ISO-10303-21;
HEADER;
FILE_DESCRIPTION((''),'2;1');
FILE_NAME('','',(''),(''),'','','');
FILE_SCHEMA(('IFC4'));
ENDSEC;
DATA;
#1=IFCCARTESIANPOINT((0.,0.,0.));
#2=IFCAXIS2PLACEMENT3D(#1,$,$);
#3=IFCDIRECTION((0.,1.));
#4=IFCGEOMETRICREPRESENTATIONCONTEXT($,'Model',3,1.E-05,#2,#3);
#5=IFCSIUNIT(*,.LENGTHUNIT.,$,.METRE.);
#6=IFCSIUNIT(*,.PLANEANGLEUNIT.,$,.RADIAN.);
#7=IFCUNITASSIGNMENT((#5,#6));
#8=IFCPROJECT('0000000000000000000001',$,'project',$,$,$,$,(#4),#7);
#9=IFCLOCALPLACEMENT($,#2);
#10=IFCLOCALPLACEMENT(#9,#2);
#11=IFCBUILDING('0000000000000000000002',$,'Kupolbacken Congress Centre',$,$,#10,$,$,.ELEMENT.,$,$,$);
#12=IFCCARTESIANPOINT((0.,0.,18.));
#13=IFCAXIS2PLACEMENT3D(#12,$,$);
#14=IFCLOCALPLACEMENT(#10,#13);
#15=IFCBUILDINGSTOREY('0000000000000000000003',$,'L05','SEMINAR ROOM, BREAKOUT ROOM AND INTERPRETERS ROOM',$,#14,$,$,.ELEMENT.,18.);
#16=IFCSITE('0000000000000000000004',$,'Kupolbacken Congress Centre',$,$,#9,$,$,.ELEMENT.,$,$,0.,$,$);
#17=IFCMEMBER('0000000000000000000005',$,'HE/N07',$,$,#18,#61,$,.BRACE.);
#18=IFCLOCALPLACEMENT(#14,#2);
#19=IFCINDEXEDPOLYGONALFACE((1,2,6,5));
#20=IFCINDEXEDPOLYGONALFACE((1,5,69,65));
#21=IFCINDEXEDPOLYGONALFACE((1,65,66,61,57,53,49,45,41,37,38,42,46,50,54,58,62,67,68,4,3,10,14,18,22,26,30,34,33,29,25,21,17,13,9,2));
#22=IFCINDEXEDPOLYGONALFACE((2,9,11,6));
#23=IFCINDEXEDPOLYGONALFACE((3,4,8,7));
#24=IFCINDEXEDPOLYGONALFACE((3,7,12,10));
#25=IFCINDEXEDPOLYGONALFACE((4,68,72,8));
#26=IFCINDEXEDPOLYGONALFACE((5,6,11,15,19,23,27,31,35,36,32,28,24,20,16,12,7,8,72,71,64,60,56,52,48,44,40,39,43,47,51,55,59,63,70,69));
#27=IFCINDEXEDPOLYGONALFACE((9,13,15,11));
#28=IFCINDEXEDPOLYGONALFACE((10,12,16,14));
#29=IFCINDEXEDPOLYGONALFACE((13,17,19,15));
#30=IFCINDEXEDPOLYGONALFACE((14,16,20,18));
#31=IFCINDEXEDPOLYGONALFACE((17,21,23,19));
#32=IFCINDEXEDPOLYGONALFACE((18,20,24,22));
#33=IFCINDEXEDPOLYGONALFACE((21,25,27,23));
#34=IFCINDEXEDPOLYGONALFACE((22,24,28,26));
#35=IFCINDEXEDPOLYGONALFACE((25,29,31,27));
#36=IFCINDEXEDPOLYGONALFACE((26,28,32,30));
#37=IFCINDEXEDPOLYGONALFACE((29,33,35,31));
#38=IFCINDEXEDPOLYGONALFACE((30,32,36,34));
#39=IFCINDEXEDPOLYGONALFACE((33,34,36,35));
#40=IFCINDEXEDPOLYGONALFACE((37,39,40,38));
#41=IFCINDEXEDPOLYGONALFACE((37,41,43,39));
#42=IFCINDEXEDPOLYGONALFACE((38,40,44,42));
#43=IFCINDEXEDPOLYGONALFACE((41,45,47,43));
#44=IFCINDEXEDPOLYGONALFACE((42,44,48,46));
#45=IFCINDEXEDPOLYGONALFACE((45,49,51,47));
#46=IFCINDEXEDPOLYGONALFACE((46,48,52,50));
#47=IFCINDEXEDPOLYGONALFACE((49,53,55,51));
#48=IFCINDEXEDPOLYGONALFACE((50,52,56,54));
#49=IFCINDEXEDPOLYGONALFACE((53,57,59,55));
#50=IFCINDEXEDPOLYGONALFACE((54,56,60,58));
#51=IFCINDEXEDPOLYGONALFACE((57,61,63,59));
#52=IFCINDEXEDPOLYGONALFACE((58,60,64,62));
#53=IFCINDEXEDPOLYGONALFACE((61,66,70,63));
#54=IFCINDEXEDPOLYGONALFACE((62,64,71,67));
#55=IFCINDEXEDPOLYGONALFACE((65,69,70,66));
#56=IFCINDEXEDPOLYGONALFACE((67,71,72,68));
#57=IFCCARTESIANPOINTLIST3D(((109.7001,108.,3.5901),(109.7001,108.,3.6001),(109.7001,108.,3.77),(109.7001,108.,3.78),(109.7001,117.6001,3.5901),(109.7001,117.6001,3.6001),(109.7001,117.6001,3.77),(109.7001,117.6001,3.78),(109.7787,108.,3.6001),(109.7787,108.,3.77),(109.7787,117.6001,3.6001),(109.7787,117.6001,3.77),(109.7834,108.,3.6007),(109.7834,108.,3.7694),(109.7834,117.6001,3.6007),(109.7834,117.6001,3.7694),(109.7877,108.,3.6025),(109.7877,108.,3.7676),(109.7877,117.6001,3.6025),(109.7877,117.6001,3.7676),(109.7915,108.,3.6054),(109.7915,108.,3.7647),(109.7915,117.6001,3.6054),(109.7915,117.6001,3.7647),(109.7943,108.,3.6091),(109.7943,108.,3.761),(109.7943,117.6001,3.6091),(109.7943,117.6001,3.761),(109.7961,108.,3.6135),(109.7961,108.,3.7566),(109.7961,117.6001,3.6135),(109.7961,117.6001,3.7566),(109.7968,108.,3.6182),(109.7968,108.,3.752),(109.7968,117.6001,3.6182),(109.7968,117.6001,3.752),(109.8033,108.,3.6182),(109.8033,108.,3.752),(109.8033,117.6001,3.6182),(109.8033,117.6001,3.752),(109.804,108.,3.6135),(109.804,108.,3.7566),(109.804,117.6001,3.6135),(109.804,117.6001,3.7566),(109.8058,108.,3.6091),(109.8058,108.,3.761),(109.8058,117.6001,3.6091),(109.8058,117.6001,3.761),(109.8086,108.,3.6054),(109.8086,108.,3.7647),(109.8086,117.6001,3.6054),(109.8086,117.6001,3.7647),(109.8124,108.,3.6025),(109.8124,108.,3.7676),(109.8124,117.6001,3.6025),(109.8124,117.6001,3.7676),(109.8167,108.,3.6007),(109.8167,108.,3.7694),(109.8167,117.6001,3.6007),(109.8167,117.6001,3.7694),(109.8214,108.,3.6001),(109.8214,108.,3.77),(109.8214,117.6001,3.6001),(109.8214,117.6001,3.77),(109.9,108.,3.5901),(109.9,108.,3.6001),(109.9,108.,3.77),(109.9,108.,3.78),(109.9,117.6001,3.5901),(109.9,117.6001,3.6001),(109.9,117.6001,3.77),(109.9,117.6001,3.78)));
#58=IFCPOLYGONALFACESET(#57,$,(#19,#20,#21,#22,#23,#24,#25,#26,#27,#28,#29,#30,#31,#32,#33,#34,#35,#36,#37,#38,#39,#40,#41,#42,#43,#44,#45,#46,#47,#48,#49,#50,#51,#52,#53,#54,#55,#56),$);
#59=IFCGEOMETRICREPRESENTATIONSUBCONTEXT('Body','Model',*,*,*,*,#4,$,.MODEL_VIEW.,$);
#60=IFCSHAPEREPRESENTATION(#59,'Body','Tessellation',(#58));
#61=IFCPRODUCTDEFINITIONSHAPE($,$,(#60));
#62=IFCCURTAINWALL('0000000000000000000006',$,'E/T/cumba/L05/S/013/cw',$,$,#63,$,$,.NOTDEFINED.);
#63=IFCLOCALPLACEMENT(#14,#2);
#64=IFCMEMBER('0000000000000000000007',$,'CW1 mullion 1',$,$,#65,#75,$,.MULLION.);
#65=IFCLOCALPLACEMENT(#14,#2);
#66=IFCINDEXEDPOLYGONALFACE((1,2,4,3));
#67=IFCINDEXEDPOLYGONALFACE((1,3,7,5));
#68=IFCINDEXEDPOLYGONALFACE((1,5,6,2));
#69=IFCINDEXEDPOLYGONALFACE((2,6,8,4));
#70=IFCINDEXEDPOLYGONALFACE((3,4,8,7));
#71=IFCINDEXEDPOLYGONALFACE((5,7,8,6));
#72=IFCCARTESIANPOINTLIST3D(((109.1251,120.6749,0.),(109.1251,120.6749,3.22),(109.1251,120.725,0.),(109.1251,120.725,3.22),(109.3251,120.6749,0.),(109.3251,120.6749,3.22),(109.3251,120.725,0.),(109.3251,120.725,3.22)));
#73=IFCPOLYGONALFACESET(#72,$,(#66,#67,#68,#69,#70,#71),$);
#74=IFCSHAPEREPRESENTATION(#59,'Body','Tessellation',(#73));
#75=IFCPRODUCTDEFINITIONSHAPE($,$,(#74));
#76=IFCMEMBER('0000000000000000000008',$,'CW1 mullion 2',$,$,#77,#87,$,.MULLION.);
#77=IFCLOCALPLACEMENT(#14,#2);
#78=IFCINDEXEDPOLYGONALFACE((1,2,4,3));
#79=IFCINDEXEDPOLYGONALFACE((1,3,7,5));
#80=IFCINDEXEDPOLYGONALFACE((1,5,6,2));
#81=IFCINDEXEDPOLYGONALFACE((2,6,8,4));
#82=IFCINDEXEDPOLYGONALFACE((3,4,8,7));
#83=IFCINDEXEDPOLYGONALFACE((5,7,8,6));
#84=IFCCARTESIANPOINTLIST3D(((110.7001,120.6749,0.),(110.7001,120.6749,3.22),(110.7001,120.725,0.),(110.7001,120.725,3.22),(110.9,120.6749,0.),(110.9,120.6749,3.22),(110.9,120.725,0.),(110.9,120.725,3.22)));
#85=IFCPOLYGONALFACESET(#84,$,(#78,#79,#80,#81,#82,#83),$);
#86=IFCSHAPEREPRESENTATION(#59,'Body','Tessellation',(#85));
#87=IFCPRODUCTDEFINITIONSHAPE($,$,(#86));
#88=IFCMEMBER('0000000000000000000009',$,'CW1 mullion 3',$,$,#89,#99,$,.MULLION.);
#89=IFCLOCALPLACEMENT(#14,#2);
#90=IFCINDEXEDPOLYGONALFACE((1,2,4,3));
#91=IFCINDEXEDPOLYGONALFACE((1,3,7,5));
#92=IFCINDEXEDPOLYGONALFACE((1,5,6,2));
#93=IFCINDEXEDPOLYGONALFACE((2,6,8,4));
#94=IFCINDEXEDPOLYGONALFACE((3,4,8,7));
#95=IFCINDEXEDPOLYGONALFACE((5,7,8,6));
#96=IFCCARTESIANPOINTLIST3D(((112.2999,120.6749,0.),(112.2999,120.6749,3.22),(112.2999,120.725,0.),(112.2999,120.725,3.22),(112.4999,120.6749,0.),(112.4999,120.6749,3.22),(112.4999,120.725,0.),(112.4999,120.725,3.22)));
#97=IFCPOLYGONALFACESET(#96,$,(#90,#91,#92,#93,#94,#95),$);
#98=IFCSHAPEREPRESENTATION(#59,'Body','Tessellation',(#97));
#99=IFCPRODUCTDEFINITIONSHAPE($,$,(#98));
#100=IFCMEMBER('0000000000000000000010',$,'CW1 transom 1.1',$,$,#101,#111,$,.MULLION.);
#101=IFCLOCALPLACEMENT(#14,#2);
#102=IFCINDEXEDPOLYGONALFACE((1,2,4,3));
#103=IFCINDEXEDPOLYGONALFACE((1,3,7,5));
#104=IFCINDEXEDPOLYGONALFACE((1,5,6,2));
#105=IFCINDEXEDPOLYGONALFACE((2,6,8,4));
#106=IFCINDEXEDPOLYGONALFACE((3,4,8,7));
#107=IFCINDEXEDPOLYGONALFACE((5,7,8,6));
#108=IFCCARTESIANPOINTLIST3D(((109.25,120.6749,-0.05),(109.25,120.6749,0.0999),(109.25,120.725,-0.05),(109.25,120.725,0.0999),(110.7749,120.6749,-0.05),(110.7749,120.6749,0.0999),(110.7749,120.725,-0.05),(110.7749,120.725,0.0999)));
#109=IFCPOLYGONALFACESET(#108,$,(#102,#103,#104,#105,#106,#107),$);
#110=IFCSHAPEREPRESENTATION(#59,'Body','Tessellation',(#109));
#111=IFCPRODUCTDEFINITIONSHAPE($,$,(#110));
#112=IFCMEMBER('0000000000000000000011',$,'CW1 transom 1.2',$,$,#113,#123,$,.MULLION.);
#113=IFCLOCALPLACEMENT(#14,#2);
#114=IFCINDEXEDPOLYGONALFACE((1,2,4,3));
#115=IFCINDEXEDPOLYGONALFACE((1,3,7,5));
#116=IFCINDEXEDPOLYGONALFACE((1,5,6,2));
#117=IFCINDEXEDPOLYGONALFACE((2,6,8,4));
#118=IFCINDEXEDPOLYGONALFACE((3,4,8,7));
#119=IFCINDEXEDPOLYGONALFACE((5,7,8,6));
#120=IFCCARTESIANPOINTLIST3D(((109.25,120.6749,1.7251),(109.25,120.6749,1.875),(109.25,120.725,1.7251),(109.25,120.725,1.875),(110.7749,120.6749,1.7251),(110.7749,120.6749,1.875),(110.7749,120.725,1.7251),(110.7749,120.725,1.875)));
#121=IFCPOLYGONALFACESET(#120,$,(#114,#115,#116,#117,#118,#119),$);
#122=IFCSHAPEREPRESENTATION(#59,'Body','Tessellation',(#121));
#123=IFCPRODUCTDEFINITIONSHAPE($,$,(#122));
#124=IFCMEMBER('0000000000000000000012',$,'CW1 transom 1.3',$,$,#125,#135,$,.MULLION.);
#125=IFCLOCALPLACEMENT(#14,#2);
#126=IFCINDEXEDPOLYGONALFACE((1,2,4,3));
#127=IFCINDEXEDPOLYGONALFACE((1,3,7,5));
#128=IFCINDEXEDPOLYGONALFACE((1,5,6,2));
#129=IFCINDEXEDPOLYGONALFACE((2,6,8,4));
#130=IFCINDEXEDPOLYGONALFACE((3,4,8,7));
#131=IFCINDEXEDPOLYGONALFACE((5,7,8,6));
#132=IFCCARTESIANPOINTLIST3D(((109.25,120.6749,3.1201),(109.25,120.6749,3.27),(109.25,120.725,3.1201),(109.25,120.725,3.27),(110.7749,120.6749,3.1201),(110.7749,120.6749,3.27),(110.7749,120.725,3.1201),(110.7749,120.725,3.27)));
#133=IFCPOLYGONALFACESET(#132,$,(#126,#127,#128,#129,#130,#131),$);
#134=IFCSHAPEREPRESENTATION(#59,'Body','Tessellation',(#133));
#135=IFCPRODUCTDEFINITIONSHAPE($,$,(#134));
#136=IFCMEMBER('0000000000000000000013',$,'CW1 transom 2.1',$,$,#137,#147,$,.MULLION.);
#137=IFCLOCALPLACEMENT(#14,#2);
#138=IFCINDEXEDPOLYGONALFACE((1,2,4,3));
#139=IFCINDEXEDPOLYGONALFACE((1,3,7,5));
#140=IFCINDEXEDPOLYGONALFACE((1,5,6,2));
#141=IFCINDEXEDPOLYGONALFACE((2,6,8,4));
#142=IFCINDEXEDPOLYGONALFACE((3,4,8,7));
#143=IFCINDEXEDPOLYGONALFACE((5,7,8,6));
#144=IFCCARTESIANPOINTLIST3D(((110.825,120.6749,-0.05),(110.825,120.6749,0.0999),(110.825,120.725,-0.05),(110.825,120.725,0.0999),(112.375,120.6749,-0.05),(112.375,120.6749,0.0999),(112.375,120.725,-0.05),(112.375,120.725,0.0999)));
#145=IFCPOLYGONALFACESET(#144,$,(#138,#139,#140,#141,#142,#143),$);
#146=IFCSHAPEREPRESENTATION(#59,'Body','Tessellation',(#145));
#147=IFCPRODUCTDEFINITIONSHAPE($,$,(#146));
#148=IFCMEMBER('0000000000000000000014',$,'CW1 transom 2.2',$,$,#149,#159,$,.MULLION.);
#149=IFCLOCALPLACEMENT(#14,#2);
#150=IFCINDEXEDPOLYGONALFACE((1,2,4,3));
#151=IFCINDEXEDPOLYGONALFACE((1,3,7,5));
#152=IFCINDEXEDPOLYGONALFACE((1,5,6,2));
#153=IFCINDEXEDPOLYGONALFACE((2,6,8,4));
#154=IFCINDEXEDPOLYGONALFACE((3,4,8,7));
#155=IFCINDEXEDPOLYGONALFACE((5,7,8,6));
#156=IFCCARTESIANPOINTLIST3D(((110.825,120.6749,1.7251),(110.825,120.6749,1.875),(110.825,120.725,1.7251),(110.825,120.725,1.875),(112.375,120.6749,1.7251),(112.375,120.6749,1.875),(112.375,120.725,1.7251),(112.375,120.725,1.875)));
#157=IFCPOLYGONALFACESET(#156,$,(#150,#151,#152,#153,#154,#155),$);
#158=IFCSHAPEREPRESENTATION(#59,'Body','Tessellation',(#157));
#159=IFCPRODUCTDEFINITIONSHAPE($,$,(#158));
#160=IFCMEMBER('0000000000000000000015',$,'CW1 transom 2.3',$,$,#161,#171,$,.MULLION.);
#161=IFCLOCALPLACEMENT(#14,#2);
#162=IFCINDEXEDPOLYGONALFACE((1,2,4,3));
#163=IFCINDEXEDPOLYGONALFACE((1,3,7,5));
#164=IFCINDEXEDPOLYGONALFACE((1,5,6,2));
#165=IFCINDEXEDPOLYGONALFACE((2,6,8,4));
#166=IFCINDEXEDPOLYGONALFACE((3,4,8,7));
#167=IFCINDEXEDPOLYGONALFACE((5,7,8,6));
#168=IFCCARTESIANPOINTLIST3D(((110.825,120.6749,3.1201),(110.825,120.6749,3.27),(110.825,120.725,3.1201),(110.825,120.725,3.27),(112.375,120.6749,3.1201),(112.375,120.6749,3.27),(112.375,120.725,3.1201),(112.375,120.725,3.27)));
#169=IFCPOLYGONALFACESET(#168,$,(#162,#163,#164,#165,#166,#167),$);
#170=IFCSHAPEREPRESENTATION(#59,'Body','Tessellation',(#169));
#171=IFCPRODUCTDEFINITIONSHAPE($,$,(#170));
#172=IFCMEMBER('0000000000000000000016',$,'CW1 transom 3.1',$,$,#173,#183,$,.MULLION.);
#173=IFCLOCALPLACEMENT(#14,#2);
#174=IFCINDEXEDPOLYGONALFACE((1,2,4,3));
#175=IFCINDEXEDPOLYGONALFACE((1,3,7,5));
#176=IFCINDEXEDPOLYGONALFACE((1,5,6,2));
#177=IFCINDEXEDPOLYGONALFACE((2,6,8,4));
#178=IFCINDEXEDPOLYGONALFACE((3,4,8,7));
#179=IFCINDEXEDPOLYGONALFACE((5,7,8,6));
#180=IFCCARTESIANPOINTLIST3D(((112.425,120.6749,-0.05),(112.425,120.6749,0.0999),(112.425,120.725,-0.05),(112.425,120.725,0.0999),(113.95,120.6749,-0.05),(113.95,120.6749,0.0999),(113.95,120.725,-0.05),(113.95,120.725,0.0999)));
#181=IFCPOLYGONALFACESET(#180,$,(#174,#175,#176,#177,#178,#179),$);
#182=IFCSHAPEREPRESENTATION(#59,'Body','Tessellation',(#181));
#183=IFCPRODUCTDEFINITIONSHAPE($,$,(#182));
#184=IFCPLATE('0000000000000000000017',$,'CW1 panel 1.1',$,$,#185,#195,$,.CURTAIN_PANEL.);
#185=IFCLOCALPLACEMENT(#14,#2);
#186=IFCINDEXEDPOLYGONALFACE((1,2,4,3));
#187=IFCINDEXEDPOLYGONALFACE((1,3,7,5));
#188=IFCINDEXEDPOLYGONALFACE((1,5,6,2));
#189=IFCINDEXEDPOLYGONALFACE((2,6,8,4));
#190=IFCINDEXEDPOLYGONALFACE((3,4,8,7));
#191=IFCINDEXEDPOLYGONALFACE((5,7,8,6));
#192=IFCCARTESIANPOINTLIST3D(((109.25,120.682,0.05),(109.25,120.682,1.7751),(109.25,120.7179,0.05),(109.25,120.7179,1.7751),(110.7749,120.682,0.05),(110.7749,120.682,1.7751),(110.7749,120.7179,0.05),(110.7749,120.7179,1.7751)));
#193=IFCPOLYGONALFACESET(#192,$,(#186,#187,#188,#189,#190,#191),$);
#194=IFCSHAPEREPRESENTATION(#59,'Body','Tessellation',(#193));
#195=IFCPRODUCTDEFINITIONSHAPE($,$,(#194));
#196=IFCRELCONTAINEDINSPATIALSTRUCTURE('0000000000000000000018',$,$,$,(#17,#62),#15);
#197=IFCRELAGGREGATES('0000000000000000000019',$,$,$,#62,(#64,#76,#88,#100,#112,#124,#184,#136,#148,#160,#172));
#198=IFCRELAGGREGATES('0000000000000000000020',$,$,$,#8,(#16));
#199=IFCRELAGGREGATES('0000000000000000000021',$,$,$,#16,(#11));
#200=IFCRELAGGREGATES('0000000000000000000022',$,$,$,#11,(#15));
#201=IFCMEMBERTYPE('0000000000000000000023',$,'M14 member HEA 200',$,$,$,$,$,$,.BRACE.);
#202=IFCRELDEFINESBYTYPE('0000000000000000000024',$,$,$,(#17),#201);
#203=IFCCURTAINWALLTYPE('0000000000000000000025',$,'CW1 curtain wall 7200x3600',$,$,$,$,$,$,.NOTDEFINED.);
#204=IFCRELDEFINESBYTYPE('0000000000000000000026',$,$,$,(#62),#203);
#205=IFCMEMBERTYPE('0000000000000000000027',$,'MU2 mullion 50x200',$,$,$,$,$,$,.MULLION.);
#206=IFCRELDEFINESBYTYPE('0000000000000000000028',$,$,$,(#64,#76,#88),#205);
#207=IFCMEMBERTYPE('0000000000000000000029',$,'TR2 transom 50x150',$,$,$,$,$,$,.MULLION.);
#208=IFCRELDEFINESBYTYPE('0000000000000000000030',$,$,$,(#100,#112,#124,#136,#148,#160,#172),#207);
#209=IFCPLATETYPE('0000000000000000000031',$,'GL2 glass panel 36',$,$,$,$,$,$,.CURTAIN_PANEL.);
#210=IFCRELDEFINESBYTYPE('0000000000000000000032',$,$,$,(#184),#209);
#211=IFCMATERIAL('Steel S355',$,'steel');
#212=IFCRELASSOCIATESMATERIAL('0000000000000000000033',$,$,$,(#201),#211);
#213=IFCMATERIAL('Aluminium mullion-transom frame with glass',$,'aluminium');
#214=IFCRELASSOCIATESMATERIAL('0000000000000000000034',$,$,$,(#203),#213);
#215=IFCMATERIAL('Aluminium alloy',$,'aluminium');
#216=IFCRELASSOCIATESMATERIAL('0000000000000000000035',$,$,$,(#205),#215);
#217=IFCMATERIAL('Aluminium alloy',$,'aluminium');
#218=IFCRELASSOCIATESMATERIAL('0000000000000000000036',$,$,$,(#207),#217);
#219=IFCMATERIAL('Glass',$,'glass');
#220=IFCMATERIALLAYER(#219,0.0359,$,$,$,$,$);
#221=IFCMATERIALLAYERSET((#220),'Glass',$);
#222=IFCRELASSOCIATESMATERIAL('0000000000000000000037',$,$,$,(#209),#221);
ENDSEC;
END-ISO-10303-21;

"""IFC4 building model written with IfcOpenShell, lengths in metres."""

from ifc_helpers import new_model, si_unit, direction, frame, origin, origin_2d, place, context, subcontext, project, spatial, rectangle, i_section, extrude, material, layer, layer_set, material_profile, profile_set, type_object, element, aggregate, save


model = new_model("IFC4")

# Units and contexts
model_context = context("Model", 3, precision=1e-05, world=origin(), true_north=direction((0.0, 1.0)))
body_context = subcontext(model_context, "Body", "Model", "MODEL_VIEW")
ifc_project = project(units=[si_unit("LENGTHUNIT", "METRE"), si_unit("PLANEANGLEUNIT", "RADIAN")], contexts=[model_context])

# Site, building, storey
site_placement = place(None, origin())
site = spatial("IfcSite", under=ifc_project, at=site_placement, Name="Kupolbacken Congress Centre", CompositionType="ELEMENT", RefElevation=0.0)
building_placement = place(site_placement, origin())
building = spatial("IfcBuilding", under=site, at=building_placement, Name="Kupolbacken Congress Centre", CompositionType="ELEMENT")
storey_placement = place(building_placement, frame((0.0, 0.0, 18.0)))
storey = spatial("IfcBuildingStorey", under=building, at=storey_placement, Name="L05", Description="SEMINAR ROOM, BREAKOUT ROOM AND INTERPRETERS ROOM", CompositionType="ELEMENT", Elevation=18.0)

# Member
ifc_material_1 = material(Name="Steel S355", Category="steel")
ifc_material_profile_1 = material_profile(ifc_material_1, i_section(OverallWidth=0.2, OverallDepth=0.1899, WebThickness=0.0066, FlangeThickness=0.01, FilletRadius=0.0181, at=origin_2d()), Name="HEA 200")
ifc_profile_set_1 = profile_set([ifc_material_profile_1], Name="Steel S355")
member_type_1 = type_object("IfcMemberType", Name="M14 member HEA 200", PredefinedType="BRACE", material=ifc_profile_set_1)
for number, where, z_axis, x_axis, name in (
    (1, (109.8, 108.0, 3.6851), (0.0, 1.0, 0.0), (-1.0, 0.0, 0.0), "HE/N07"),
):
    element("IfcMember", number, at=place(storey_placement, frame(where, z_axis=z_axis, x_axis=x_axis)), inside=storey, type_object=member_type_1, Name=name, PredefinedType="BRACE", context=body_context, shape_type="SweptSolid", body=[
        extrude(i_section(OverallWidth=0.2, OverallDepth=0.1899, WebThickness=0.0066, FlangeThickness=0.01, FilletRadius=0.0181, at=origin_2d()), origin(), (0.0, 0.0, 1.0), 9.6001),
    ])

# Curtain wall, members, plate
ifc_material_2 = material(Name="Aluminium mullion-transom frame with glass", Category="aluminium")
curtain_wall_type = type_object("IfcCurtainWallType", Name="CW1 curtain wall 7200x3600", PredefinedType="NOTDEFINED", material=ifc_material_2)
curtain_wall_placement = place(storey_placement, origin())
curtain_wall = element("IfcCurtainWall", 2, at=curtain_wall_placement, inside=storey, type_object=curtain_wall_type, Name="E/T/cumba/L05/S/013/cw", PredefinedType="NOTDEFINED")
ifc_material_3 = material(Name="Aluminium alloy", Category="aluminium")
ifc_material_profile_2 = material_profile(ifc_material_3, rectangle(XDim=0.05, YDim=0.2, at=origin_2d()), Name="50 x 200")
ifc_profile_set_2 = profile_set([ifc_material_profile_2], Name="Aluminium alloy")
member_type_2 = type_object("IfcMemberType", Name="MU2 mullion 50x200", PredefinedType="MULLION", material=ifc_profile_set_2)
member_1_placement = place(storey_placement, frame((109.2251, 120.7, 0.0), z_axis=(0.0, 0.0, 1.0), x_axis=(0.0, 1.0, 0.0)))
member_1 = element("IfcMember", 3, at=member_1_placement, type_object=member_type_2, Name="CW1 mullion 1", PredefinedType="MULLION", context=body_context, shape_type="SweptSolid", body=[
    extrude(rectangle(XDim=0.05, YDim=0.2, at=origin_2d()), origin(), (0.0, 0.0, 1.0), 3.22),
])
member_2_placement = place(storey_placement, frame((110.8, 120.7, 0.0), z_axis=(0.0, 0.0, 1.0), x_axis=(0.0, 1.0, 0.0)))
member_2 = element("IfcMember", 4, at=member_2_placement, type_object=member_type_2, Name="CW1 mullion 2", PredefinedType="MULLION", context=body_context, shape_type="SweptSolid", body=[
    extrude(rectangle(XDim=0.05, YDim=0.2, at=origin_2d()), origin(), (0.0, 0.0, 1.0), 3.22),
])
member_3_placement = place(storey_placement, frame((112.3999, 120.7, 0.0), z_axis=(0.0, 0.0, 1.0), x_axis=(0.0, 1.0, 0.0)))
member_3 = element("IfcMember", 5, at=member_3_placement, type_object=member_type_2, Name="CW1 mullion 3", PredefinedType="MULLION", context=body_context, shape_type="SweptSolid", body=[
    extrude(rectangle(XDim=0.05, YDim=0.2, at=origin_2d()), origin(), (0.0, 0.0, 1.0), 3.22),
])
ifc_material_4 = material(Name="Aluminium alloy", Category="aluminium")
ifc_material_profile_3 = material_profile(ifc_material_4, rectangle(XDim=0.05, YDim=0.1499, at=origin_2d()), Name="50 x 150")
ifc_profile_set_3 = profile_set([ifc_material_profile_3], Name="Aluminium alloy")
member_type_3 = type_object("IfcMemberType", Name="TR2 transom 50x150", PredefinedType="MULLION", material=ifc_profile_set_3)
member_4_placement = place(storey_placement, frame((109.25, 120.7, 0.0249), z_axis=(1.0, 0.0, 0.0), x_axis=(0.0, 1.0, 0.0)))
member_4 = element("IfcMember", 6, at=member_4_placement, type_object=member_type_3, Name="CW1 transom 1.1", PredefinedType="MULLION", context=body_context, shape_type="SweptSolid", body=[
    extrude(rectangle(XDim=0.05, YDim=0.1499, at=origin_2d()), origin(), (0.0, 0.0, 1.0), 1.5249),
])
member_5_placement = place(storey_placement, frame((109.25, 120.7, 1.8), z_axis=(1.0, 0.0, 0.0), x_axis=(0.0, 1.0, 0.0)))
member_5 = element("IfcMember", 7, at=member_5_placement, type_object=member_type_3, Name="CW1 transom 1.2", PredefinedType="MULLION", context=body_context, shape_type="SweptSolid", body=[
    extrude(rectangle(XDim=0.05, YDim=0.1499, at=origin_2d()), origin(), (0.0, 0.0, 1.0), 1.5249),
])
member_6_placement = place(storey_placement, frame((109.25, 120.7, 3.1951), z_axis=(1.0, 0.0, 0.0), x_axis=(0.0, 1.0, 0.0)))
member_6 = element("IfcMember", 8, at=member_6_placement, type_object=member_type_3, Name="CW1 transom 1.3", PredefinedType="MULLION", context=body_context, shape_type="SweptSolid", body=[
    extrude(rectangle(XDim=0.05, YDim=0.1499, at=origin_2d()), origin(), (0.0, 0.0, 1.0), 1.5249),
])
member_7_placement = place(storey_placement, frame((110.825, 120.7, 0.0249), z_axis=(1.0, 0.0, 0.0), x_axis=(0.0, 1.0, 0.0)))
member_7 = element("IfcMember", 9, at=member_7_placement, type_object=member_type_3, Name="CW1 transom 2.1", PredefinedType="MULLION", context=body_context, shape_type="SweptSolid", body=[
    extrude(rectangle(XDim=0.05, YDim=0.1499, at=origin_2d()), origin(), (0.0, 0.0, 1.0), 1.55),
])
member_8_placement = place(storey_placement, frame((110.825, 120.7, 1.8), z_axis=(1.0, 0.0, 0.0), x_axis=(0.0, 1.0, 0.0)))
member_8 = element("IfcMember", 10, at=member_8_placement, type_object=member_type_3, Name="CW1 transom 2.2", PredefinedType="MULLION", context=body_context, shape_type="SweptSolid", body=[
    extrude(rectangle(XDim=0.05, YDim=0.1499, at=origin_2d()), origin(), (0.0, 0.0, 1.0), 1.55),
])
member_9_placement = place(storey_placement, frame((110.825, 120.7, 3.1951), z_axis=(1.0, 0.0, 0.0), x_axis=(0.0, 1.0, 0.0)))
member_9 = element("IfcMember", 11, at=member_9_placement, type_object=member_type_3, Name="CW1 transom 2.3", PredefinedType="MULLION", context=body_context, shape_type="SweptSolid", body=[
    extrude(rectangle(XDim=0.05, YDim=0.1499, at=origin_2d()), origin(), (0.0, 0.0, 1.0), 1.55),
])
member_10_placement = place(storey_placement, frame((112.425, 120.7, 0.0249), z_axis=(1.0, 0.0, 0.0), x_axis=(0.0, 1.0, 0.0)))
member_10 = element("IfcMember", 12, at=member_10_placement, type_object=member_type_3, Name="CW1 transom 3.1", PredefinedType="MULLION", context=body_context, shape_type="SweptSolid", body=[
    extrude(rectangle(XDim=0.05, YDim=0.1499, at=origin_2d()), origin(), (0.0, 0.0, 1.0), 1.5249),
])
ifc_material_5 = material(Name="Glass", Category="glass")
ifc_layer_1 = layer(ifc_material_5, 0.0359)
ifc_layer_set_1 = layer_set([ifc_layer_1], Name="Glass")
plate_type = type_object("IfcPlateType", Name="GL2 glass panel 36", PredefinedType="CURTAIN_PANEL", material=ifc_layer_set_1)
plate_1_placement = place(storey_placement, frame((110.0125, 120.7, 0.05), z_axis=(0.0, 0.0, 1.0), x_axis=(1.0, 0.0, 0.0)))
plate_1 = element("IfcPlate", 13, at=plate_1_placement, type_object=plate_type, Name="CW1 panel 1.1", PredefinedType="CURTAIN_PANEL", context=body_context, shape_type="SweptSolid", body=[
    extrude(rectangle(XDim=1.5249, YDim=0.0359, at=origin_2d()), origin(), (0.0, 0.0, 1.0), 1.7251),
])
aggregate(curtain_wall, [member_1, member_2, member_3, member_4, member_5, member_6, plate_1, member_7, member_8, member_9, member_10])

save(model, "model.ifc")
